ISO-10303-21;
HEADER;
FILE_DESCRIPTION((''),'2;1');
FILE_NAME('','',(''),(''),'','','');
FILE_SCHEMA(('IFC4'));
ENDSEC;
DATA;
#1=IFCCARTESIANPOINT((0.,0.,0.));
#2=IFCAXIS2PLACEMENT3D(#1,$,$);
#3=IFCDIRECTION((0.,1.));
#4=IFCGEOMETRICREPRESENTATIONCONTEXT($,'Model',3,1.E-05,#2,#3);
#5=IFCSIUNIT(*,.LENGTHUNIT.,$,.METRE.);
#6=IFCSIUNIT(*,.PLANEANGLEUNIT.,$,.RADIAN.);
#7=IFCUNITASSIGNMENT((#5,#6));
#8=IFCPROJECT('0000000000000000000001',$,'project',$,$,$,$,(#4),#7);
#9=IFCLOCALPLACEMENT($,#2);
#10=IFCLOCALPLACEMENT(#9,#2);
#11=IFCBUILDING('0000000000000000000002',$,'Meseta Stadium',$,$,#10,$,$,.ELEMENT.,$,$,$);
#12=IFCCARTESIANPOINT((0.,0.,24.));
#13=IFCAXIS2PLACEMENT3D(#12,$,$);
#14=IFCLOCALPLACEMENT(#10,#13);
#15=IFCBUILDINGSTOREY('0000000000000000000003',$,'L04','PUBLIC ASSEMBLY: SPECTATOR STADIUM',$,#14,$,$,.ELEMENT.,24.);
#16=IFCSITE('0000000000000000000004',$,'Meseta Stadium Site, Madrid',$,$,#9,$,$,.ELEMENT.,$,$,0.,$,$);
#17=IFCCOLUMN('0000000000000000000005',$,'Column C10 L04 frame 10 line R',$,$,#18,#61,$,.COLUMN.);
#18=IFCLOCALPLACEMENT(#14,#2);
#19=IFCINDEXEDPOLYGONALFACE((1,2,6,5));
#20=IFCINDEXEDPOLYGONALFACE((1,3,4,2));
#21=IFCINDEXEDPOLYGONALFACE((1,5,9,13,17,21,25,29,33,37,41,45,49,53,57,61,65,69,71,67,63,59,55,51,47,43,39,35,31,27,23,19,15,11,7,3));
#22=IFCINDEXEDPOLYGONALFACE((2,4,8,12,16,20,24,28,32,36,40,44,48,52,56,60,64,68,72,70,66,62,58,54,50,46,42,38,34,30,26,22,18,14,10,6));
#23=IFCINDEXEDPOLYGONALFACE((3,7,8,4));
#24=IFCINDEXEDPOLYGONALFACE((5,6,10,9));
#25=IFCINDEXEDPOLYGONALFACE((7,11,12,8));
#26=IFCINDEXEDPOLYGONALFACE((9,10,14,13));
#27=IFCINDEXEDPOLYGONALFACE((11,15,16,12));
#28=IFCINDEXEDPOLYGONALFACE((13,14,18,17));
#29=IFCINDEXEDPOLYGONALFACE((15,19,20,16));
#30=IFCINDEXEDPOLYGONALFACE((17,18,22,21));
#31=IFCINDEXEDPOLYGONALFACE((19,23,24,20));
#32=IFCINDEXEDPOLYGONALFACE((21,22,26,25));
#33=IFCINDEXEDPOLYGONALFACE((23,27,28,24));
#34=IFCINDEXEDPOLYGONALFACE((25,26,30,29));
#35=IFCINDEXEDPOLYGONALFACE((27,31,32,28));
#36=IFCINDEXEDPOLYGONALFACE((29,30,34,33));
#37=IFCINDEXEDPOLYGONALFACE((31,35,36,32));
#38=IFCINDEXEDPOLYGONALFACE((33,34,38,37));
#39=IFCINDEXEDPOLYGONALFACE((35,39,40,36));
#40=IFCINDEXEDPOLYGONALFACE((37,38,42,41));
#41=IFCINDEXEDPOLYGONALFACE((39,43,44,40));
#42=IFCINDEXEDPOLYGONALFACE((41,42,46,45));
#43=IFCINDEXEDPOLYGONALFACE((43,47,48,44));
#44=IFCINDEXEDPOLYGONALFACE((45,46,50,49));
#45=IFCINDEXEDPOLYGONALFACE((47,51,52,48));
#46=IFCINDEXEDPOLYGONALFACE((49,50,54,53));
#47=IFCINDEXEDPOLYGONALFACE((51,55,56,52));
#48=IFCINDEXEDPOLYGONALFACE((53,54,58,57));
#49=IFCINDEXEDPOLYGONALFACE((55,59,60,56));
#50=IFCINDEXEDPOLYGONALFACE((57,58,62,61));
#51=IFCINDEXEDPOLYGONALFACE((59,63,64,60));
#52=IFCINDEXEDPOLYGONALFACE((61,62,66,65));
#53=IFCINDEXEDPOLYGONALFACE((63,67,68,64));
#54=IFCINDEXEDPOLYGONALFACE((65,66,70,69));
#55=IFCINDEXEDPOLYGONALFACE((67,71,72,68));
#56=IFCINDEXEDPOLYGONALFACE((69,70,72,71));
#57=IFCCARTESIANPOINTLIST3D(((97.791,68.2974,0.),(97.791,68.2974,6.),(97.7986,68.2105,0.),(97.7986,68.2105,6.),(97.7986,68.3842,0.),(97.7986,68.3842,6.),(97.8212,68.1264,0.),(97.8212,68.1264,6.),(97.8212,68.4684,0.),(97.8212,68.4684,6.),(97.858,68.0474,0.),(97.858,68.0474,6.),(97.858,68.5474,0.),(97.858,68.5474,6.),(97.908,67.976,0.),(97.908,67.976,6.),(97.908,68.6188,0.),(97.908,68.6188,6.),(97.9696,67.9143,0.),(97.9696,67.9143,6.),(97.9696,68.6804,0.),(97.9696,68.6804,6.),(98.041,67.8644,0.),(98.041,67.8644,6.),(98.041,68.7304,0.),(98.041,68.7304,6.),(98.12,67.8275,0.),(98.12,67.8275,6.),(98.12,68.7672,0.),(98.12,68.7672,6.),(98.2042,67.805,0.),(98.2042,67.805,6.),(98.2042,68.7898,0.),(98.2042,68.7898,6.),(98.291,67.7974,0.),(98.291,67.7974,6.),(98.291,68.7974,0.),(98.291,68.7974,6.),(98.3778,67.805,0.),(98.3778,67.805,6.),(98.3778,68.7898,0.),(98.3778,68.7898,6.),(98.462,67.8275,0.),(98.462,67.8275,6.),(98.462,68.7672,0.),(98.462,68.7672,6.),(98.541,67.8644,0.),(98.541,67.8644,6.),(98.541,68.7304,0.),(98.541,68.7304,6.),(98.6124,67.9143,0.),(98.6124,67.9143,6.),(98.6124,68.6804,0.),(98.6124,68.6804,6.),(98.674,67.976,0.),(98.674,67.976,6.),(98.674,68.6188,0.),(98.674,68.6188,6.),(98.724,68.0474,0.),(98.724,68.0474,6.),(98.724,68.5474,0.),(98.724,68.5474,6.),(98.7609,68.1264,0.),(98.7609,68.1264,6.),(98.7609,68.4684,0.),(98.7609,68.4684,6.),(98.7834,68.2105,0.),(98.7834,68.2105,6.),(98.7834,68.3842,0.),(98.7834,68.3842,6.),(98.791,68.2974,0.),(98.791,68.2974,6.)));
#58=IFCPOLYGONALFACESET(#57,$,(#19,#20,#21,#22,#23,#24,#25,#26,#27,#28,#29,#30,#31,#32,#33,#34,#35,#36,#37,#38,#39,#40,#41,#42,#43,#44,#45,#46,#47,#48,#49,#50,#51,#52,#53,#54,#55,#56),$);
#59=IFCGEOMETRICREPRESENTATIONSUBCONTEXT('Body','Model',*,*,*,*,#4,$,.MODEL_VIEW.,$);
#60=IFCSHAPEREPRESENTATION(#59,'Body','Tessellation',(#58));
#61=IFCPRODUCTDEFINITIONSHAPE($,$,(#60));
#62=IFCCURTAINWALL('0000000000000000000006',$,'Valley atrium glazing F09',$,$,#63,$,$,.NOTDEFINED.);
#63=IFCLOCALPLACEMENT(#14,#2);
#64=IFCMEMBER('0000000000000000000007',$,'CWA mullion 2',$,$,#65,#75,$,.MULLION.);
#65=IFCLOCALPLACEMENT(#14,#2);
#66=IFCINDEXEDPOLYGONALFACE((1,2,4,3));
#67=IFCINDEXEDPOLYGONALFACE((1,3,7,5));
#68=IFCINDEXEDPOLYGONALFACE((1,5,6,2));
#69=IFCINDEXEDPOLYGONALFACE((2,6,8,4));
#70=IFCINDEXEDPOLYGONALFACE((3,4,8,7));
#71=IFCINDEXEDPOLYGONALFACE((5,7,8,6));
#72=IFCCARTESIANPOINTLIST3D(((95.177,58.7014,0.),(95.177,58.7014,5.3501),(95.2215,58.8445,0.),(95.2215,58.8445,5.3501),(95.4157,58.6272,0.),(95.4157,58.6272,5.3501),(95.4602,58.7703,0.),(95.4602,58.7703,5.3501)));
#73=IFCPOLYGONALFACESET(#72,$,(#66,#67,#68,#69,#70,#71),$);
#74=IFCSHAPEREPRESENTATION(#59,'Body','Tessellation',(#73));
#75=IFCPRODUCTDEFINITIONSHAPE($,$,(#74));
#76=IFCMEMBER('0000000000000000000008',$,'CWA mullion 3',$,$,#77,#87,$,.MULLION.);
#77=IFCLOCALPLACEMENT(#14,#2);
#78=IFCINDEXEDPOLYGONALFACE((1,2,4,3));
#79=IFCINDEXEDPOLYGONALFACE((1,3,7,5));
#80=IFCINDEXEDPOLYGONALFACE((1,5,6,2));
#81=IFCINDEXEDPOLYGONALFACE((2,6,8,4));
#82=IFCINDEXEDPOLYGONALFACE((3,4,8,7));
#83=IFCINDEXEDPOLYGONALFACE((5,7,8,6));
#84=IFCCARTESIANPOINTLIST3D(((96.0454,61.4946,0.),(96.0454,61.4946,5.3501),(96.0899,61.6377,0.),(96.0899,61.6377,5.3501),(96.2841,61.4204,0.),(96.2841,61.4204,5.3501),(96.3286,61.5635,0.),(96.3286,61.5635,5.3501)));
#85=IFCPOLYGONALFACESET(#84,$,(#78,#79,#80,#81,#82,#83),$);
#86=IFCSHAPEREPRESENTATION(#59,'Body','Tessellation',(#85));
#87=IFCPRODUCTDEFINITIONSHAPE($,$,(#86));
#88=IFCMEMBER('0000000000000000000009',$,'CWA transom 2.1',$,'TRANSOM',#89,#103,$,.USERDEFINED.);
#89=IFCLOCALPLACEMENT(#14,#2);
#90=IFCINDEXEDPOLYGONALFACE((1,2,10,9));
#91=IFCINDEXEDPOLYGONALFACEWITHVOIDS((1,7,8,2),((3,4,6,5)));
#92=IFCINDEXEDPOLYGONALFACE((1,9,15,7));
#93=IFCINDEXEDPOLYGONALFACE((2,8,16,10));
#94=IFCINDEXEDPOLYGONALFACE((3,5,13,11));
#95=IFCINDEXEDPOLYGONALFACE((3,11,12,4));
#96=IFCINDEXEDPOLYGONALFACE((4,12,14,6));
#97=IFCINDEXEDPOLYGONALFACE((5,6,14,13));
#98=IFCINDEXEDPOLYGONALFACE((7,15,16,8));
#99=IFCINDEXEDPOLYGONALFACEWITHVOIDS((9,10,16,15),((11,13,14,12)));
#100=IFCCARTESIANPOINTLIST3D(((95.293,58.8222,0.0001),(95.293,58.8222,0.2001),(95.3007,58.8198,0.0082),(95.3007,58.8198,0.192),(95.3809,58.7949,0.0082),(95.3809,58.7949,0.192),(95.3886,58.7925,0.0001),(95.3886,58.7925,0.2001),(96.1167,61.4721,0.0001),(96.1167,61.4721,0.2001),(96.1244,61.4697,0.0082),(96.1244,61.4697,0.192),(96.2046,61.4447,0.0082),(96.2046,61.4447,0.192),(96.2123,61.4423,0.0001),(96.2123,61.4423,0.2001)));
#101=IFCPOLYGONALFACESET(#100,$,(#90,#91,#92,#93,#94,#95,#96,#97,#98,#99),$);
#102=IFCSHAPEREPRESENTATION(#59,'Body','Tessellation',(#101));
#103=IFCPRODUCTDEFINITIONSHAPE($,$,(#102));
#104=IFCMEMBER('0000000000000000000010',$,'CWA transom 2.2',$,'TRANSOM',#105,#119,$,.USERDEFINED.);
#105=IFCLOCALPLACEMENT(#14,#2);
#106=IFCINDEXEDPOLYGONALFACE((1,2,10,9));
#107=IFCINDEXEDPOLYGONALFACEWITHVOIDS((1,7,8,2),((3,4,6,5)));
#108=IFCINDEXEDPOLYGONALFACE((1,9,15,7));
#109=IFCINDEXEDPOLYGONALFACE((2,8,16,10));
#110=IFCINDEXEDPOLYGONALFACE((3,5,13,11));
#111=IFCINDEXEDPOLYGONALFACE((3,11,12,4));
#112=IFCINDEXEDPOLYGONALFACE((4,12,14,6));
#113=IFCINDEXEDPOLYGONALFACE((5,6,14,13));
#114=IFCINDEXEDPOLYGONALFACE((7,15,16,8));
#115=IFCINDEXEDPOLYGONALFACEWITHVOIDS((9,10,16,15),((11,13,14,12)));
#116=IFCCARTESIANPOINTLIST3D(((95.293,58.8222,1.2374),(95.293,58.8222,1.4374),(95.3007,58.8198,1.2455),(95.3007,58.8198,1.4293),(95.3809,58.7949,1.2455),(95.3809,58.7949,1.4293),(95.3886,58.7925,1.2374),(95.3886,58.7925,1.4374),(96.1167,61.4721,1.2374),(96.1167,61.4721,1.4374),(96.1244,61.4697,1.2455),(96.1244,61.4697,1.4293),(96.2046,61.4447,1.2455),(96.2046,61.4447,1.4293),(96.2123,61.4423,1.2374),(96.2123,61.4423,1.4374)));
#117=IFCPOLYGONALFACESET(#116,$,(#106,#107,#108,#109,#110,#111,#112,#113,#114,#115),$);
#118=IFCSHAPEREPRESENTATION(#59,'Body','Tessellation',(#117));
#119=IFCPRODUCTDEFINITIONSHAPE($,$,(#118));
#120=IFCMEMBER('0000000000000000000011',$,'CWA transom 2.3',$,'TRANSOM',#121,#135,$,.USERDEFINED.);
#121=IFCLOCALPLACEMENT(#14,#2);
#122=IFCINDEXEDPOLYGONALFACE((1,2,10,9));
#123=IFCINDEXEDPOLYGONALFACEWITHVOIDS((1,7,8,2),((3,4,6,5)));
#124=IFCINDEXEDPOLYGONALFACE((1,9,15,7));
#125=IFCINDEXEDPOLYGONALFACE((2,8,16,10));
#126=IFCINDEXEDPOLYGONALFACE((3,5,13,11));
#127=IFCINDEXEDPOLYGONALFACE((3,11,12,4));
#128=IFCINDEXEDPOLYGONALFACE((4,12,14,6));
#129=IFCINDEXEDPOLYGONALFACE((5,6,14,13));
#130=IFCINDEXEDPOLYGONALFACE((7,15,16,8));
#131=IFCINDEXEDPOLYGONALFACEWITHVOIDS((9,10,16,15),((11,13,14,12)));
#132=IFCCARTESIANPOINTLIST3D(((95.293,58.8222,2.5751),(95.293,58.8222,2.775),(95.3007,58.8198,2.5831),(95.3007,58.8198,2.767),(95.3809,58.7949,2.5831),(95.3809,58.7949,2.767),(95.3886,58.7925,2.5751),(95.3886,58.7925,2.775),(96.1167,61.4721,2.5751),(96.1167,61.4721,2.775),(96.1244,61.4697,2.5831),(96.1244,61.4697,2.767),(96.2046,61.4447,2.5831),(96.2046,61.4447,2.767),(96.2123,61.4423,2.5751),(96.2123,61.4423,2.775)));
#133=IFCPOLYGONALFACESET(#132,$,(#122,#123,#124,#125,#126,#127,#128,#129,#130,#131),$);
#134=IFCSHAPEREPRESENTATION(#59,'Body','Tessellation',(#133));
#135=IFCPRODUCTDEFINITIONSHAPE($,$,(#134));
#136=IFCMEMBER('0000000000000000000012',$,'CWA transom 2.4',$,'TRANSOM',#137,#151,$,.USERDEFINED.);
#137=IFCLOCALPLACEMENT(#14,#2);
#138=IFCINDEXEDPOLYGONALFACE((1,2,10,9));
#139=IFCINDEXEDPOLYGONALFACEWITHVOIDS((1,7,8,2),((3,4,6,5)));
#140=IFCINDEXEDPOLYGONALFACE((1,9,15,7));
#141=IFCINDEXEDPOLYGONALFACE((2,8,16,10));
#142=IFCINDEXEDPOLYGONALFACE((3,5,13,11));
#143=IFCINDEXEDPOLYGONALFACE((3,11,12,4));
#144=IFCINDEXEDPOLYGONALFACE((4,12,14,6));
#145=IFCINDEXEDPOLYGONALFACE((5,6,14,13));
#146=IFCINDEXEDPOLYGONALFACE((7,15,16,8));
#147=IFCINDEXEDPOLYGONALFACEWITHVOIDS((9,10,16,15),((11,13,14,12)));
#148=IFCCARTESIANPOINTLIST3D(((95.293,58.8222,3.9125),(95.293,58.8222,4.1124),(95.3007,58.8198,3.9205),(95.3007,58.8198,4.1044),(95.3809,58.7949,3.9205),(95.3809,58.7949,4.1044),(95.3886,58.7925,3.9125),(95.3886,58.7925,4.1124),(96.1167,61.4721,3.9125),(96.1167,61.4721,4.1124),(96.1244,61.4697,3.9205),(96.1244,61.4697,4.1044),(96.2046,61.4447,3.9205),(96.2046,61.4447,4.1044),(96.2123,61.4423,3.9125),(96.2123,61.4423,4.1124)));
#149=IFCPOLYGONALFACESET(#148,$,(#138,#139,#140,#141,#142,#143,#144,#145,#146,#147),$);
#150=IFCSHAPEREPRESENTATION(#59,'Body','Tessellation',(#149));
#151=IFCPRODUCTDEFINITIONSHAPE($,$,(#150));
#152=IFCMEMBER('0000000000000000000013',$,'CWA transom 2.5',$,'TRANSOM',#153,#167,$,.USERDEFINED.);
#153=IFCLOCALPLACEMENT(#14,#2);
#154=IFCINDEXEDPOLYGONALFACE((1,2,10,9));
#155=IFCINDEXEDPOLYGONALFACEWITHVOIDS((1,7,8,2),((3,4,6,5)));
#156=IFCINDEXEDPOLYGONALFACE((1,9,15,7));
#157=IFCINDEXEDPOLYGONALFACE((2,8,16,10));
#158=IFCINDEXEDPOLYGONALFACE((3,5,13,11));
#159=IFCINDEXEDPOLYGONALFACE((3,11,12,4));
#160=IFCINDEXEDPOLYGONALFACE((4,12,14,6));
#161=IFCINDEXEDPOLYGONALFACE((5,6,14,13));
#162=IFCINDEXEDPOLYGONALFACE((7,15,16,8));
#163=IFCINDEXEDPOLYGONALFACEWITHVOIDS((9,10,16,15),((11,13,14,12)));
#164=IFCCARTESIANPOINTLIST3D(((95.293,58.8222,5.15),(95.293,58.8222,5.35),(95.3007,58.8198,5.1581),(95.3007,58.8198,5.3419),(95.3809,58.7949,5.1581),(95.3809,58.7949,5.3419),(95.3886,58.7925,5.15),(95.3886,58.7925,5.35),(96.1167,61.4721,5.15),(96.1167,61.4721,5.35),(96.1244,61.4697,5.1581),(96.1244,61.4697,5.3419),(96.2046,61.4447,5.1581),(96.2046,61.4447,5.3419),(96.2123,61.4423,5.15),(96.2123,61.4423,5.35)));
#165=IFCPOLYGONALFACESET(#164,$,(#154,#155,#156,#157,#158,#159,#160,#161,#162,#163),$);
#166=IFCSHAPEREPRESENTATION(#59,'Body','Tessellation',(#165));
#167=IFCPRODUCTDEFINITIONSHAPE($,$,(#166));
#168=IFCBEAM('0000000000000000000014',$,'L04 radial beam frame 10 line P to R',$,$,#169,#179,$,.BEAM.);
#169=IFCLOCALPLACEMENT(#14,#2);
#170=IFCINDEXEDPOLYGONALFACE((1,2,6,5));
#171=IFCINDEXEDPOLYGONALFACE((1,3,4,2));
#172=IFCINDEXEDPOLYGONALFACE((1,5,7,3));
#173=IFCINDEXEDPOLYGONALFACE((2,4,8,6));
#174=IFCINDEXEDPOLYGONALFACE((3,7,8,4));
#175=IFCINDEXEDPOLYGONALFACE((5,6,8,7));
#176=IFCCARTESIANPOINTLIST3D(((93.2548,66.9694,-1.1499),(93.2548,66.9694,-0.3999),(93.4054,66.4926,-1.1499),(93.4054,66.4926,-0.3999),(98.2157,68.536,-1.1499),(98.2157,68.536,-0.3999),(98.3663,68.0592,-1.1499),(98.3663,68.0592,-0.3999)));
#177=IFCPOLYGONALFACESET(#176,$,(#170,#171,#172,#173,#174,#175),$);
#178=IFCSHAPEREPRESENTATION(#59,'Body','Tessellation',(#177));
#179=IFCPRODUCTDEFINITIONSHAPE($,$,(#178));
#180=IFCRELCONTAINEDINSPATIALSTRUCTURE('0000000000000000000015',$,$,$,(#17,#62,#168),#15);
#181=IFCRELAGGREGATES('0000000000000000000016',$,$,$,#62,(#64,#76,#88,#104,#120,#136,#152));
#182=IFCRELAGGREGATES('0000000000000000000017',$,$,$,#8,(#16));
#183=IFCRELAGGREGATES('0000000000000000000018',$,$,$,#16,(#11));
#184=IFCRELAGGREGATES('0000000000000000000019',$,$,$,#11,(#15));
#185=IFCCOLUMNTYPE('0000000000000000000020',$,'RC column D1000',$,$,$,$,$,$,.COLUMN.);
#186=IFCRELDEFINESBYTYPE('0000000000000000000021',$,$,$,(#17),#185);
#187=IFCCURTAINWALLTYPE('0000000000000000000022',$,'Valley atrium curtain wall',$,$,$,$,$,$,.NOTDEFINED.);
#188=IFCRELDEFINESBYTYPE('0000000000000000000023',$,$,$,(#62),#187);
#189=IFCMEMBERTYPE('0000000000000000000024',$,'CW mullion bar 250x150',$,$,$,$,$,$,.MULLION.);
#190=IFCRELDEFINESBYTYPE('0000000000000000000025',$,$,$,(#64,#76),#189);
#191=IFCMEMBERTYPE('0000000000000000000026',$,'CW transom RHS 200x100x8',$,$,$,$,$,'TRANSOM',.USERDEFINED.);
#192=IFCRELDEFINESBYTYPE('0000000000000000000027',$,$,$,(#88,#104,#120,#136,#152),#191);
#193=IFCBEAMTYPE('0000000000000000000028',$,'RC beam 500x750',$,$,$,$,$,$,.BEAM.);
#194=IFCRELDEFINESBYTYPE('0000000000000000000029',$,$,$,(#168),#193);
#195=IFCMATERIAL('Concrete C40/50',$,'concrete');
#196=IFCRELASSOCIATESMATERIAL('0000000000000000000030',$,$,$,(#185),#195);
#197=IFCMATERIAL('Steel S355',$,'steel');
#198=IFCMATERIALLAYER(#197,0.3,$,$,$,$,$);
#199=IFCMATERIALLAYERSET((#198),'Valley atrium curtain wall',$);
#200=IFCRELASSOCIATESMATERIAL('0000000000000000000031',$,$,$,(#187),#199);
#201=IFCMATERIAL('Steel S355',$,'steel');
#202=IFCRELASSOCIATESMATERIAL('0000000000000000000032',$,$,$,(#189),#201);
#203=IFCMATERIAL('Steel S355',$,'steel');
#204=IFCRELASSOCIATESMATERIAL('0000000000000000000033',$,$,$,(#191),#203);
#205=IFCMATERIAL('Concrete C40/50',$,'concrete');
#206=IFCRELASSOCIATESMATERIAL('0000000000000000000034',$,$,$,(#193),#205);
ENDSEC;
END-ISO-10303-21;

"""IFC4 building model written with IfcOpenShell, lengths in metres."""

from ifc_helpers import new_model, si_unit, direction, frame, origin, origin_2d, place, context, subcontext, project, spatial, rectangle, hollow_rectangle, circle, extrude, material, layer, layer_set, material_profile, profile_set, type_object, element, aggregate, save


model = new_model("IFC4")

# Units and contexts
model_context = context("Model", 3, precision=1e-05, world=origin(), true_north=direction((0.0, 1.0)))
body_context = subcontext(model_context, "Body", "Model", "MODEL_VIEW")
ifc_project = project(units=[si_unit("LENGTHUNIT", "METRE"), si_unit("PLANEANGLEUNIT", "RADIAN")], contexts=[model_context])

# Site, building, storey
site_placement = place(None, origin())
site = spatial("IfcSite", under=ifc_project, at=site_placement, Name="Meseta Stadium Site, Madrid", CompositionType="ELEMENT", RefElevation=0.0)
building_placement = place(site_placement, origin())
building = spatial("IfcBuilding", under=site, at=building_placement, Name="Meseta Stadium", CompositionType="ELEMENT")
storey_placement = place(building_placement, frame((0.0, 0.0, 24.0)))
storey = spatial("IfcBuildingStorey", under=building, at=storey_placement, Name="L04", Description="PUBLIC ASSEMBLY: SPECTATOR STADIUM", CompositionType="ELEMENT", Elevation=24.0)

# Column
ifc_material_1 = material(Name="Concrete C40/50", Category="concrete")
ifc_material_profile_1 = material_profile(ifc_material_1, circle(Radius=0.5, at=origin_2d()), Name="RC D1000")
ifc_profile_set_1 = profile_set([ifc_material_profile_1], Name="Concrete C40/50")
column_type = type_object("IfcColumnType", Name="RC column D1000", PredefinedType="COLUMN", material=ifc_profile_set_1)
column_placement = place(storey_placement, frame((98.291, 68.2974, 0.0), z_axis=(0.0, 0.0, 1.0), x_axis=(1.0, 0.0, 0.0)))
element("IfcColumn", 1, at=column_placement, inside=storey, type_object=column_type, Name="Column C10 L04 frame 10 line R", PredefinedType="COLUMN", context=body_context, shape_type="SweptSolid", body=[
    extrude(circle(Radius=0.5, at=origin_2d()), origin(), (0.0, 0.0, 1.0), 6.0),
])

# Curtain wall, members
ifc_material_2 = material(Name="Steel S355", Category="steel")
ifc_layer_1 = layer(ifc_material_2, 0.3)
ifc_layer_set_1 = layer_set([ifc_layer_1], Name="Valley atrium curtain wall")
curtain_wall_type = type_object("IfcCurtainWallType", Name="Valley atrium curtain wall", PredefinedType="NOTDEFINED", material=ifc_layer_set_1)
curtain_wall_placement = place(storey_placement, origin())
curtain_wall = element("IfcCurtainWall", 2, at=curtain_wall_placement, inside=storey, type_object=curtain_wall_type, Name="Valley atrium glazing F09", PredefinedType="NOTDEFINED")
ifc_material_3 = material(Name="Steel S355", Category="steel")
ifc_material_profile_2 = material_profile(ifc_material_3, rectangle(XDim=0.25, YDim=0.1499, at=origin_2d()), Name="CW 250x150")
ifc_profile_set_2 = profile_set([ifc_material_profile_2], Name="Steel S355")
member_type_1 = type_object("IfcMemberType", Name="CW mullion bar 250x150", PredefinedType="MULLION", material=ifc_profile_set_2)
member_1_placement = place(storey_placement, frame((95.3186, 58.7358, 0.0), z_axis=(0.0, 0.0, 1.0), x_axis=(-0.954918, 0.296869, 0.0)))
member_1 = element("IfcMember", 3, at=member_1_placement, type_object=member_type_1, Name="CWA mullion 2", PredefinedType="MULLION", context=body_context, shape_type="SweptSolid", body=[
    extrude(rectangle(XDim=0.25, YDim=0.1499, at=origin_2d()), origin(), (0.0, 0.0, 1.0), 5.3501),
])
member_2_placement = place(storey_placement, frame((96.187, 61.5291, 0.0), z_axis=(0.0, 0.0, 1.0), x_axis=(-0.954918, 0.296869, 0.0)))
member_2 = element("IfcMember", 4, at=member_2_placement, type_object=member_type_1, Name="CWA mullion 3", PredefinedType="MULLION", context=body_context, shape_type="SweptSolid", body=[
    extrude(rectangle(XDim=0.25, YDim=0.1499, at=origin_2d()), origin(), (0.0, 0.0, 1.0), 5.3501),
])
ifc_material_4 = material(Name="Steel S355", Category="steel")
ifc_material_profile_3 = material_profile(ifc_material_4, hollow_rectangle(XDim=0.1001, YDim=0.2, WallThickness=0.0081, at=origin_2d()), Name="RHS 200x100x8")
ifc_profile_set_3 = profile_set([ifc_material_profile_3], Name="Steel S355")
member_type_2 = type_object("IfcMemberType", Name="CW transom RHS 200x100x8", ElementType="TRANSOM", PredefinedType="USERDEFINED", material=ifc_profile_set_3)
member_3_placement = place(storey_placement, frame((95.3408, 58.8074, 0.1001), z_axis=(0.296842, 0.954927, 0.0), x_axis=(-0.954927, 0.296842, 0.0)))
member_3 = element("IfcMember", 5, at=member_3_placement, type_object=member_type_2, Name="CWA transom 2.1", ObjectType="TRANSOM", PredefinedType="USERDEFINED", context=body_context, shape_type="SweptSolid", body=[
    extrude(hollow_rectangle(XDim=0.1001, YDim=0.2, WallThickness=0.0081, at=origin_2d()), origin(), (0.0, 0.0, 1.0), 2.7749),
])
member_4_placement = place(storey_placement, frame((95.3408, 58.8074, 1.3374), z_axis=(0.296842, 0.954927, 0.0), x_axis=(-0.954927, 0.296842, 0.0)))
member_4 = element("IfcMember", 6, at=member_4_placement, type_object=member_type_2, Name="CWA transom 2.2", ObjectType="TRANSOM", PredefinedType="USERDEFINED", context=body_context, shape_type="SweptSolid", body=[
    extrude(hollow_rectangle(XDim=0.1001, YDim=0.2, WallThickness=0.0081, at=origin_2d()), origin(), (0.0, 0.0, 1.0), 2.7749),
])
member_5_placement = place(storey_placement, frame((95.3408, 58.8074, 2.675), z_axis=(0.296842, 0.954927, 0.0), x_axis=(-0.954927, 0.296842, 0.0)))
member_5 = element("IfcMember", 7, at=member_5_placement, type_object=member_type_2, Name="CWA transom 2.3", ObjectType="TRANSOM", PredefinedType="USERDEFINED", context=body_context, shape_type="SweptSolid", body=[
    extrude(hollow_rectangle(XDim=0.1001, YDim=0.2, WallThickness=0.0081, at=origin_2d()), origin(), (0.0, 0.0, 1.0), 2.7749),
])
member_6_placement = place(storey_placement, frame((95.3408, 58.8074, 4.0125), z_axis=(0.296842, 0.954927, 0.0), x_axis=(-0.954927, 0.296842, 0.0)))
member_6 = element("IfcMember", 8, at=member_6_placement, type_object=member_type_2, Name="CWA transom 2.4", ObjectType="TRANSOM", PredefinedType="USERDEFINED", context=body_context, shape_type="SweptSolid", body=[
    extrude(hollow_rectangle(XDim=0.1001, YDim=0.2, WallThickness=0.0081, at=origin_2d()), origin(), (0.0, 0.0, 1.0), 2.7749),
])
member_7_placement = place(storey_placement, frame((95.3408, 58.8074, 5.25), z_axis=(0.296842, 0.954927, 0.0), x_axis=(-0.954927, 0.296842, 0.0)))
member_7 = element("IfcMember", 9, at=member_7_placement, type_object=member_type_2, Name="CWA transom 2.5", ObjectType="TRANSOM", PredefinedType="USERDEFINED", context=body_context, shape_type="SweptSolid", body=[
    extrude(hollow_rectangle(XDim=0.1001, YDim=0.2, WallThickness=0.0081, at=origin_2d()), origin(), (0.0, 0.0, 1.0), 2.7749),
])

# Beam
ifc_material_5 = material(Name="Concrete C40/50", Category="concrete")
ifc_material_profile_4 = material_profile(ifc_material_5, rectangle(XDim=0.5, YDim=0.75, at=origin_2d()), Name="RC 500x750")
ifc_profile_set_4 = profile_set([ifc_material_profile_4], Name="Concrete C40/50")
beam_type_1 = type_object("IfcBeamType", Name="RC beam 500x750", PredefinedType="BEAM", material=ifc_profile_set_4)
beam_1_placement = place(storey_placement, frame((93.3301, 66.731, -0.7749), z_axis=(0.953581, 0.301138, 0.0), x_axis=(-0.301138, 0.953581, 0.0)))
element("IfcBeam", 10, at=beam_1_placement, inside=storey, type_object=beam_type_1, Name="L04 radial beam frame 10 line P to R", PredefinedType="BEAM", context=body_context, shape_type="SweptSolid", body=[
    extrude(rectangle(XDim=0.5, YDim=0.75, at=origin_2d()), origin(), (0.0, 0.0, 1.0), 5.2024),
])

aggregate(curtain_wall, [member_1, member_2, member_3, member_4, member_5, member_6, member_7])

save(model, "model.ifc")
